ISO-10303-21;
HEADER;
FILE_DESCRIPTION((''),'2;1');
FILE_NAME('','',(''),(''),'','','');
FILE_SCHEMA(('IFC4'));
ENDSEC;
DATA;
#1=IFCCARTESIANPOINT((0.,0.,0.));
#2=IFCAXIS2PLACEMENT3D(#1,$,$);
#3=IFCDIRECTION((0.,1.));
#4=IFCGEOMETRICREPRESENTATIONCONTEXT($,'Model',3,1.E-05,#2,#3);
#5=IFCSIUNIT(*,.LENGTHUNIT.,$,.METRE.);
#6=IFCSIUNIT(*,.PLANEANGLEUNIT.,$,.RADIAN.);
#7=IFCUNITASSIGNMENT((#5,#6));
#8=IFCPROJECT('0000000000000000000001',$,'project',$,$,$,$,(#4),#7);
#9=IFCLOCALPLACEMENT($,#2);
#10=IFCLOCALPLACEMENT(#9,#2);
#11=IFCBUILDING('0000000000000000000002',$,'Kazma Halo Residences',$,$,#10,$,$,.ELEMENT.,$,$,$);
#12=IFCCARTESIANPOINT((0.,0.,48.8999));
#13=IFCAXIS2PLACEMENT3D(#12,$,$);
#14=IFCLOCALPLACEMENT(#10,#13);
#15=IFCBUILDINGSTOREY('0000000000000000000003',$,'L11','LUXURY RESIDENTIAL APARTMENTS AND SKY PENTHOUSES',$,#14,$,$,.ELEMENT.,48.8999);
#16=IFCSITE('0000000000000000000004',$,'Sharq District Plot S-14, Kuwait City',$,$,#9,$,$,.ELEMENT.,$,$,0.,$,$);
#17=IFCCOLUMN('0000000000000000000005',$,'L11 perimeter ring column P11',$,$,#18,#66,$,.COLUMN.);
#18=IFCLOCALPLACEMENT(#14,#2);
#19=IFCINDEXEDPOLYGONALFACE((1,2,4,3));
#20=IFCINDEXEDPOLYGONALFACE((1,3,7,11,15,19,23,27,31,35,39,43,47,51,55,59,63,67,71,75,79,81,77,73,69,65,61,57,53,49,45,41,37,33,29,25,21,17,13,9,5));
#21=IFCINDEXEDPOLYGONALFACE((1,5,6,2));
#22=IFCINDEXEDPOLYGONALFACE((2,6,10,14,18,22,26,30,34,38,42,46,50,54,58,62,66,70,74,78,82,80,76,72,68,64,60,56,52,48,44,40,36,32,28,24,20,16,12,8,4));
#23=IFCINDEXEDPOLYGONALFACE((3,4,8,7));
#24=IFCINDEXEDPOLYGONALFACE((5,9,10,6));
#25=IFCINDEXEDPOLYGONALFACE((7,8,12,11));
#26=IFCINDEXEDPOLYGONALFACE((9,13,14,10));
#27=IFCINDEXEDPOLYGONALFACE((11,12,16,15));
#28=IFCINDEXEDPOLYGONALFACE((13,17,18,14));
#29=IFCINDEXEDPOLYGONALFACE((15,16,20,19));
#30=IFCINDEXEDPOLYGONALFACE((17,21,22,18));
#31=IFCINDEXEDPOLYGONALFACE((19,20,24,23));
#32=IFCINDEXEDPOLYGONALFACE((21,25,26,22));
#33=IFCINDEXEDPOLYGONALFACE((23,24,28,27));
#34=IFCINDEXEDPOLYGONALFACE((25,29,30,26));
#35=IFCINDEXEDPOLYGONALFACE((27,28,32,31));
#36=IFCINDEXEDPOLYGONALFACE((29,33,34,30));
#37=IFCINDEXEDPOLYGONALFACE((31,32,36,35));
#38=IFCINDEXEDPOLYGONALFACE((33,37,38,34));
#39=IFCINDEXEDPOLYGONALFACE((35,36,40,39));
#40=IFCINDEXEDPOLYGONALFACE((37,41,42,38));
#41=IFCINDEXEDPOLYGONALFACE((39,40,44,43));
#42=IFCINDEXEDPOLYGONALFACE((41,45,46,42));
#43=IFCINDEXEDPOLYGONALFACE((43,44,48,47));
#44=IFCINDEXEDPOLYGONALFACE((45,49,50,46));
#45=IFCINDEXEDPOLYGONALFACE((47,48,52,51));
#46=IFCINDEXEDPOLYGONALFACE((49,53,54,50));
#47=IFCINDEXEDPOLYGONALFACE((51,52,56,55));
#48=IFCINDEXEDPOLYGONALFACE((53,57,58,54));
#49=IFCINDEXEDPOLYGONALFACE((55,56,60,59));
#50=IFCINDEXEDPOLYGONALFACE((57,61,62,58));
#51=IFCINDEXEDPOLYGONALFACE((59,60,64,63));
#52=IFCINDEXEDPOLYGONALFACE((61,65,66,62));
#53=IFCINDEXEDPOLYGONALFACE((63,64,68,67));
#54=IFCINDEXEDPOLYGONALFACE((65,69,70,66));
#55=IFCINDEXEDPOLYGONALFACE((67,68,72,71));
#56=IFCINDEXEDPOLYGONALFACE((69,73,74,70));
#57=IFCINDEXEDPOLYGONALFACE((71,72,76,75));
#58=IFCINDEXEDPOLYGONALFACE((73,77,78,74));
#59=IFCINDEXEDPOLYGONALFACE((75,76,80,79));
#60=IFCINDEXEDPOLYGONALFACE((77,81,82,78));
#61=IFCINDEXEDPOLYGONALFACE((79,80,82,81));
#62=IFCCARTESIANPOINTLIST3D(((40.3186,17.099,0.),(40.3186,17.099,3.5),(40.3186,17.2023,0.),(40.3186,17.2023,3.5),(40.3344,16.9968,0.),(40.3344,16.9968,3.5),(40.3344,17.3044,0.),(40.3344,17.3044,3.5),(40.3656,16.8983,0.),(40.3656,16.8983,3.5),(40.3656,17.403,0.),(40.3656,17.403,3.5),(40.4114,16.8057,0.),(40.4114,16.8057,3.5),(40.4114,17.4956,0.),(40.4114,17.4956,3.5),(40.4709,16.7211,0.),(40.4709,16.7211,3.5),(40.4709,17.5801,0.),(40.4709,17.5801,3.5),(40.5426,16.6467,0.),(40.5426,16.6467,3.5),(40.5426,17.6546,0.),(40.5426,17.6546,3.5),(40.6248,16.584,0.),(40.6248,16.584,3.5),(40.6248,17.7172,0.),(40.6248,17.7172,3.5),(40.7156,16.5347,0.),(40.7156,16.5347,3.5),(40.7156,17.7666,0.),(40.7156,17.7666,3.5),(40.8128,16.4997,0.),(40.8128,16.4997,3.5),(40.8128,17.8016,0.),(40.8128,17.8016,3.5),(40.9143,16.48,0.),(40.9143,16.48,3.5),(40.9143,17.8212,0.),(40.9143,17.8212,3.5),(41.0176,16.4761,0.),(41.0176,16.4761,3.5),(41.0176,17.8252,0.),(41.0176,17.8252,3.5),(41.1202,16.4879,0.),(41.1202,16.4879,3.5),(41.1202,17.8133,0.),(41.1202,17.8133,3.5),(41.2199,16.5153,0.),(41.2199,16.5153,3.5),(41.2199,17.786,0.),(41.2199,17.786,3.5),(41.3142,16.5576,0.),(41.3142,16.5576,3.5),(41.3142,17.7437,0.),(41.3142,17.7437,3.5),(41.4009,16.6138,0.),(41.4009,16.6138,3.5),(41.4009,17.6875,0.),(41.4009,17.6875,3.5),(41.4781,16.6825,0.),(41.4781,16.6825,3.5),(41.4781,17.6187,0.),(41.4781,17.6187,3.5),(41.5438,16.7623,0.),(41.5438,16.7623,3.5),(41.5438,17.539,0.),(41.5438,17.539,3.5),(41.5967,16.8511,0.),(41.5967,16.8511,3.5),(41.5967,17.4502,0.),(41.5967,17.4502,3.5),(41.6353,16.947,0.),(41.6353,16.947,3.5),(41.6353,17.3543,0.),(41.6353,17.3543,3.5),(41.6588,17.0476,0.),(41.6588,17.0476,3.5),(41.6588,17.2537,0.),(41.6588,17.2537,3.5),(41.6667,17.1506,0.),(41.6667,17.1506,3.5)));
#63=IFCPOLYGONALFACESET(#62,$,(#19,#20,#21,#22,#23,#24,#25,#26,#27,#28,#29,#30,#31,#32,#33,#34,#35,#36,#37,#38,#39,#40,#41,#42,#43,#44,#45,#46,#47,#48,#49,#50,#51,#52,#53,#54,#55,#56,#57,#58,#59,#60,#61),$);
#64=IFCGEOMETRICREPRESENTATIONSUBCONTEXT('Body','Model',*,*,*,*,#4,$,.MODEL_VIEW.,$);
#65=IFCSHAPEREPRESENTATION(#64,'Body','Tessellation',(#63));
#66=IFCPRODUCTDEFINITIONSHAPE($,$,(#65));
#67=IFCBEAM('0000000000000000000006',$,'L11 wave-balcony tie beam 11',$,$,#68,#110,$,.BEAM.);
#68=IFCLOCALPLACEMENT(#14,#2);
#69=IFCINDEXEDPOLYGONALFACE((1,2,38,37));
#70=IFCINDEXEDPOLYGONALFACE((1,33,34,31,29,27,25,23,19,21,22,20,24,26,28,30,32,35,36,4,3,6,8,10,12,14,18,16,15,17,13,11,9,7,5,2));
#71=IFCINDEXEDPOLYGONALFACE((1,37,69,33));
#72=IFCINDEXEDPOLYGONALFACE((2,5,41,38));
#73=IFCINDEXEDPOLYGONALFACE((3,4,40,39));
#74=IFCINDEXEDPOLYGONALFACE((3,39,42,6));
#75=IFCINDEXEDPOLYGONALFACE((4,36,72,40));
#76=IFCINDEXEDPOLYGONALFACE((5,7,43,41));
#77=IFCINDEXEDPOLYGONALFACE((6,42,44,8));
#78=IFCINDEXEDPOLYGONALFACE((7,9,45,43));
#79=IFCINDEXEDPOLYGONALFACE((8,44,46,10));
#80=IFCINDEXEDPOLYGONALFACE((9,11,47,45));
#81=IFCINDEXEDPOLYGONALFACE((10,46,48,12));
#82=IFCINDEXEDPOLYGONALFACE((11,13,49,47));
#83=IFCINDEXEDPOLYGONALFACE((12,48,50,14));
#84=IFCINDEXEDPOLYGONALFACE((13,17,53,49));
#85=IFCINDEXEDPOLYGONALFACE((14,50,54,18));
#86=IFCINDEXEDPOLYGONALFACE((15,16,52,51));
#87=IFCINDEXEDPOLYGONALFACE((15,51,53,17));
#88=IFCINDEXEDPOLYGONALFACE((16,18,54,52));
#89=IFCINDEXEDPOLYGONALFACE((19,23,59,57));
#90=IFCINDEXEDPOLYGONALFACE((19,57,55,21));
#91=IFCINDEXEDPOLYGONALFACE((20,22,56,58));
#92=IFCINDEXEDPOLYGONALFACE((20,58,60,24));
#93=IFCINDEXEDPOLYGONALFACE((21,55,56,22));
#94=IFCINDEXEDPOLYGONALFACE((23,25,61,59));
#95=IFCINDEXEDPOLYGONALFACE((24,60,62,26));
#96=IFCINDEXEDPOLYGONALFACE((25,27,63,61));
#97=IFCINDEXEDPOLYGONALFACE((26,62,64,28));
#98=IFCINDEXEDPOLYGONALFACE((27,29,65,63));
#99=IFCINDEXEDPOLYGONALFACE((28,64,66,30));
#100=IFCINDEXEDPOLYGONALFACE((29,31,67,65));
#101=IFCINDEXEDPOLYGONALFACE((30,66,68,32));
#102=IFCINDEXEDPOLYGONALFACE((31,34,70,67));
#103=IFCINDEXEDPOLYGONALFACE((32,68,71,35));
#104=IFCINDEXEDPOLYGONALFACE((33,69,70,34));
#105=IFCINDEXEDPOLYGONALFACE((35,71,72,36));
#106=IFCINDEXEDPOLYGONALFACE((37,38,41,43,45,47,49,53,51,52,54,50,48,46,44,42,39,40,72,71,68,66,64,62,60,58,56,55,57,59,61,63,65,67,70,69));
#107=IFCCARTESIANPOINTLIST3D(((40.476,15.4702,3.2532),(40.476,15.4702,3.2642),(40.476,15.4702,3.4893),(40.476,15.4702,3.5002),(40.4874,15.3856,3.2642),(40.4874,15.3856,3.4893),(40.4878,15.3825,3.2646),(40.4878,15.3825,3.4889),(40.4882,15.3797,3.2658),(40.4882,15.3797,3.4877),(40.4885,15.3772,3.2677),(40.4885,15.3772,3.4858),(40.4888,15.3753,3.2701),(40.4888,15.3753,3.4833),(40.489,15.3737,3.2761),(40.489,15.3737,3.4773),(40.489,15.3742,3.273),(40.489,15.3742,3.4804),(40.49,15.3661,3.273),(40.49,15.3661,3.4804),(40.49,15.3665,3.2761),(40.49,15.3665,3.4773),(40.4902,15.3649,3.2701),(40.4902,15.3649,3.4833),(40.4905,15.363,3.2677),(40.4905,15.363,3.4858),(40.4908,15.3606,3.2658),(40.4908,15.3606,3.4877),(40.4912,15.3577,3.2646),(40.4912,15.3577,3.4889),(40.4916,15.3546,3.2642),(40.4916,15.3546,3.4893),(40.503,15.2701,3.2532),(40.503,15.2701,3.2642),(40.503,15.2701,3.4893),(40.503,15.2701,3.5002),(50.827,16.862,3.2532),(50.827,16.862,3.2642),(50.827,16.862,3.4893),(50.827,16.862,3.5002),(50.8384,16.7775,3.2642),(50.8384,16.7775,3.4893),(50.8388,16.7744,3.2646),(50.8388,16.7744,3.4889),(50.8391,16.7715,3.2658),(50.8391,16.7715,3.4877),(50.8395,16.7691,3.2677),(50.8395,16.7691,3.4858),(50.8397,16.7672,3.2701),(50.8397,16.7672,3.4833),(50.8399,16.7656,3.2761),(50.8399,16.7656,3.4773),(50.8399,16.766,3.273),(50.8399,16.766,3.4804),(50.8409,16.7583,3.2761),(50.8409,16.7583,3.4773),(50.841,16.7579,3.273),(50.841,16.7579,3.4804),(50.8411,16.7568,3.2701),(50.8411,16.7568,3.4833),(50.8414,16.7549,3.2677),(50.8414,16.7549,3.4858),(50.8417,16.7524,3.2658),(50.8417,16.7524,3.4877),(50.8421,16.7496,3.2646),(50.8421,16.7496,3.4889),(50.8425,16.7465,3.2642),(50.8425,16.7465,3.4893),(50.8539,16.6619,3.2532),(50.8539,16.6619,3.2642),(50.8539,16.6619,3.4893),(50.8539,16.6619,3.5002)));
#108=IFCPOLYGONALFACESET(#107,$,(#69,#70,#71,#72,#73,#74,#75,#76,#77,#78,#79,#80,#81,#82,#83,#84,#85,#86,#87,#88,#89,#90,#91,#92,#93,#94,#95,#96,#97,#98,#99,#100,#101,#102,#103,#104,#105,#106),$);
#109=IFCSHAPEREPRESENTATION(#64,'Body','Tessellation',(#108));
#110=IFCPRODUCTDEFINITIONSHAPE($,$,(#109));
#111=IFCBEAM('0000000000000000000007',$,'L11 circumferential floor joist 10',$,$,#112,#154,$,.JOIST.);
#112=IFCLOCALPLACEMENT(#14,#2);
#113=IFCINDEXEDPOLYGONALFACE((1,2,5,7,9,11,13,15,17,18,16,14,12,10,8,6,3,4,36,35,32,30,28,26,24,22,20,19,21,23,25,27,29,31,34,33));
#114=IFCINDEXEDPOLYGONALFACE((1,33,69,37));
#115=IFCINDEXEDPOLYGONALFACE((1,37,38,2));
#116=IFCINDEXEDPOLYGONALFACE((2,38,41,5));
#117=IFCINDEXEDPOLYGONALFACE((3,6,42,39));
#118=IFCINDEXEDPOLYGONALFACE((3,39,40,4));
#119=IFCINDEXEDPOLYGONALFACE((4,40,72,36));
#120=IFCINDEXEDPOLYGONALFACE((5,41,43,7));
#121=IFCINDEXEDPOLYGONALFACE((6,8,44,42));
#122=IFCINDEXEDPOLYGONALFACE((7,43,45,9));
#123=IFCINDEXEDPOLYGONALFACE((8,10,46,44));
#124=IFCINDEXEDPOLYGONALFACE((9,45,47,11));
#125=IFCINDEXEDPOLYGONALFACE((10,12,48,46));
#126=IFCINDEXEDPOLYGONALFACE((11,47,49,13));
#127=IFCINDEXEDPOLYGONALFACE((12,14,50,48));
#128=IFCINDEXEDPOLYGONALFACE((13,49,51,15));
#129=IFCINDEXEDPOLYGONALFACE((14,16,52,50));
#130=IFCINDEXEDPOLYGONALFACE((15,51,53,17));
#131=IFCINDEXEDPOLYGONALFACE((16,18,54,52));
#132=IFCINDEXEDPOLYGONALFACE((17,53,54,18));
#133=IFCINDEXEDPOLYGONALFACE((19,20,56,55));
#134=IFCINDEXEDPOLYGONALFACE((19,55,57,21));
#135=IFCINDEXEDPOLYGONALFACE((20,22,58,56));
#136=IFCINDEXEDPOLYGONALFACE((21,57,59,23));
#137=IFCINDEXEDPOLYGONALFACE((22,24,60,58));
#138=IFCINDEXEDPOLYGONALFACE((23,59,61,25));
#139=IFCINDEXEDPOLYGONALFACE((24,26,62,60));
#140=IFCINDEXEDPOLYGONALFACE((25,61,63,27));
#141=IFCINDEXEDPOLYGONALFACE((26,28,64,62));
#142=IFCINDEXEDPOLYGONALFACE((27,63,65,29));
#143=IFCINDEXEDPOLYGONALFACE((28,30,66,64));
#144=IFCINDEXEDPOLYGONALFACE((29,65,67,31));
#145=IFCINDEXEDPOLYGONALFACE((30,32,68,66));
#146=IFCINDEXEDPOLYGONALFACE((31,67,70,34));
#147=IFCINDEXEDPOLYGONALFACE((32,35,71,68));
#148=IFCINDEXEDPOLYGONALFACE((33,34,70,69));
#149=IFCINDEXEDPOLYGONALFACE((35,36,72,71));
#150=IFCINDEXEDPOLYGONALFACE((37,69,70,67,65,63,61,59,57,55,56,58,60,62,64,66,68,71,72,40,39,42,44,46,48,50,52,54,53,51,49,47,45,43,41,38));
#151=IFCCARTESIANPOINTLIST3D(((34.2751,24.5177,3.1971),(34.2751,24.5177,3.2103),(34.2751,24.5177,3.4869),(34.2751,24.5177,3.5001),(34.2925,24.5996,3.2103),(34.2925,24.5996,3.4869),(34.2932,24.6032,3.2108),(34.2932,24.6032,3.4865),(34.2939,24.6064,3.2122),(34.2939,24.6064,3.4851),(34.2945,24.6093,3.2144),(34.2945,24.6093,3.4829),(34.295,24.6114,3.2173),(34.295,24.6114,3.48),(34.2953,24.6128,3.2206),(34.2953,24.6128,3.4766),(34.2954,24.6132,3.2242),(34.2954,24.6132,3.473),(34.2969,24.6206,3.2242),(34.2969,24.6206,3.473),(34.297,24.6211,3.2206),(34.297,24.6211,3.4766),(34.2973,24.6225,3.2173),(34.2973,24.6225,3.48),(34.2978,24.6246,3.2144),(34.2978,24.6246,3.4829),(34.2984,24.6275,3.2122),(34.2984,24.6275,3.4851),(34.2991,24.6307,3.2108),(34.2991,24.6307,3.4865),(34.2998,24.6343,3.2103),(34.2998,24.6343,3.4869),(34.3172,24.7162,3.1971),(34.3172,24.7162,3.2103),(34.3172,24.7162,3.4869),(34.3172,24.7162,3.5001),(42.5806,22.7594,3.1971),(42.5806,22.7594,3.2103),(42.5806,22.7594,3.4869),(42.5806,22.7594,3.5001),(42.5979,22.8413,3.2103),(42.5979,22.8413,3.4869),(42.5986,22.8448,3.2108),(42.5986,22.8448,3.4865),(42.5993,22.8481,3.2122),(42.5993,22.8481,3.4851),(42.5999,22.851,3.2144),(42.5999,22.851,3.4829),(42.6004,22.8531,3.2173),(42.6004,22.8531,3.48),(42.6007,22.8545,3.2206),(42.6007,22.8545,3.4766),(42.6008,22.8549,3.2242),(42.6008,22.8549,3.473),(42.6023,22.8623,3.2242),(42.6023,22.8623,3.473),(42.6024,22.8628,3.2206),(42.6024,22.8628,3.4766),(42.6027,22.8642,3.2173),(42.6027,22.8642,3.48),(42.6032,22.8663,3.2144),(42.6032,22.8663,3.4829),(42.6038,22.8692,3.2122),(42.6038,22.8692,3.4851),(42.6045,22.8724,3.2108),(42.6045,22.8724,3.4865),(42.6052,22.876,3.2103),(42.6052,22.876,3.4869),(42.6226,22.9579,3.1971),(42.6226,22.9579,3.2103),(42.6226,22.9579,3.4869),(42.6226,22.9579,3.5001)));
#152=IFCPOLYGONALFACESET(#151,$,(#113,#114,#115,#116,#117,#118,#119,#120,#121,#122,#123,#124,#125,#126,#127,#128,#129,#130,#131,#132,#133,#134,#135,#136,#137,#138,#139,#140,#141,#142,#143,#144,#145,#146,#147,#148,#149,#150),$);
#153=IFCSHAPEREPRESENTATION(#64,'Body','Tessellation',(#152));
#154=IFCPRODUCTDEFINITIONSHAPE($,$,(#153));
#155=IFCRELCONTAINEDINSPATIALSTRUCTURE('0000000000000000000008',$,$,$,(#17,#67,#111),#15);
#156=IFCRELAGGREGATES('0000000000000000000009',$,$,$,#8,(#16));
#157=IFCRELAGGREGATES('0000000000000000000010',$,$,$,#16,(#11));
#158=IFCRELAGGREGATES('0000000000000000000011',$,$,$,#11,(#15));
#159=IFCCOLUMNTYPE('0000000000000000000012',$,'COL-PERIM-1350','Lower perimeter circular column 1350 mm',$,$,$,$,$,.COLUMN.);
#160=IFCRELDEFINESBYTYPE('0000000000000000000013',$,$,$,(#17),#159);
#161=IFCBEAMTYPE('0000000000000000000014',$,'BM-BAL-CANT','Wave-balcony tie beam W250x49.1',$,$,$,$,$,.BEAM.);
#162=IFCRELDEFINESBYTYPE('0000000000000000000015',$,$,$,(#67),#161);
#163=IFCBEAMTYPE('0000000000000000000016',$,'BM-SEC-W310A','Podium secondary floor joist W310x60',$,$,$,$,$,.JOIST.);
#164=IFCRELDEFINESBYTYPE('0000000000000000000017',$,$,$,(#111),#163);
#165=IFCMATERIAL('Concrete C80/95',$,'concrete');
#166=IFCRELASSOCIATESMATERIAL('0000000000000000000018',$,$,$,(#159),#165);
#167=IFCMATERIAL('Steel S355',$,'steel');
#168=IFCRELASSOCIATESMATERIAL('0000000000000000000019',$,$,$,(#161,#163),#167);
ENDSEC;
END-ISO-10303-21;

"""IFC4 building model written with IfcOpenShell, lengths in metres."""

from ifc_helpers import new_model, si_unit, direction, frame, origin, origin_2d, place, context, subcontext, project, spatial, circle, i_section, extrude, material, material_profile, profile_set, type_object, element, save


model = new_model("IFC4")

# Units and contexts
model_context = context("Model", 3, precision=1e-05, world=origin(), true_north=direction((0.0, 1.0)))
body_context = subcontext(model_context, "Body", "Model", "MODEL_VIEW")
ifc_project = project(units=[si_unit("LENGTHUNIT", "METRE"), si_unit("PLANEANGLEUNIT", "RADIAN")], contexts=[model_context])

# Site, building, storey
site_placement = place(None, origin())
site = spatial("IfcSite", under=ifc_project, at=site_placement, Name="Sharq District Plot S-14, Kuwait City", CompositionType="ELEMENT", RefElevation=0.0)
building_placement = place(site_placement, origin())
building = spatial("IfcBuilding", under=site, at=building_placement, Name="Kazma Halo Residences", CompositionType="ELEMENT")
storey_placement = place(building_placement, frame((0.0, 0.0, 48.8999)))
storey = spatial("IfcBuildingStorey", under=building, at=storey_placement, Name="L11", Description="LUXURY RESIDENTIAL APARTMENTS AND SKY PENTHOUSES", CompositionType="ELEMENT", Elevation=48.8999)

# Column
ifc_material_1 = material(Name="Concrete C80/95", Category="concrete")
ifc_material_profile_1 = material_profile(ifc_material_1, circle(Radius=0.675, at=origin_2d()), Name="CIRC1350")
ifc_profile_set_1 = profile_set([ifc_material_profile_1], Name="Concrete C80/95")
column_type = type_object("IfcColumnType", Name="COL-PERIM-1350", Description="Lower perimeter circular column 1350 mm", PredefinedType="COLUMN", material=ifc_profile_set_1)
column_placement = place(storey_placement, frame((40.9917, 17.1506, 0.0), z_axis=(0.0, 0.0, 1.0), x_axis=(1.0, 0.0, 0.0)))
element("IfcColumn", 1, at=column_placement, inside=storey, type_object=column_type, Name="L11 perimeter ring column P11", PredefinedType="COLUMN", context=body_context, shape_type="SweptSolid", body=[
    extrude(circle(Radius=0.675, at=origin_2d()), origin(), (0.0, 0.0, 1.0), 3.5),
])

# Beams
ifc_material_2 = material(Name="Steel S355", Category="steel")
ifc_material_profile_2 = material_profile(ifc_material_2, i_section(OverallWidth=0.2019, OverallDepth=0.2471, WebThickness=0.0073, FlangeThickness=0.011, FilletRadius=0.012, at=origin_2d()), Name="W250x49.1")
ifc_profile_set_2 = profile_set([ifc_material_profile_2], Name="Steel S355")
beam_type_1 = type_object("IfcBeamType", Name="BM-BAL-CANT", Description="Wave-balcony tie beam W250x49.1", PredefinedType="BEAM", material=ifc_profile_set_2)
beam_1_placement = place(storey_placement, frame((40.4895, 15.3701, 3.3767), z_axis=(0.99108, 0.133268, 0.0), x_axis=(-0.133268, 0.99108, 0.0)))
element("IfcBeam", 2, at=beam_1_placement, inside=storey, type_object=beam_type_1, Name="L11 wave-balcony tie beam 11", PredefinedType="BEAM", context=body_context, shape_type="SweptSolid", body=[
    extrude(i_section(OverallWidth=0.2019, OverallDepth=0.2471, WebThickness=0.0073, FlangeThickness=0.011, FilletRadius=0.012, at=origin_2d()), origin(), (0.0, 0.0, 1.0), 10.4441),
])
ifc_material_profile_3 = material_profile(ifc_material_2, i_section(OverallWidth=0.2029, OverallDepth=0.303, WebThickness=0.0076, FlangeThickness=0.0132, FilletRadius=0.0139, at=origin_2d()), Name="W310x60")
ifc_profile_set_3 = profile_set([ifc_material_profile_3], Name="Steel S355")
beam_type_2 = type_object("IfcBeamType", Name="BM-SEC-W310A", Description="Podium secondary floor joist W310x60", PredefinedType="JOIST", material=ifc_profile_set_3)
beam_2_placement = place(storey_placement, frame((34.2961, 24.6169, 3.3486), z_axis=(0.978317, -0.207115, 0.0), x_axis=(0.207115, 0.978317, 0.0)))
element("IfcBeam", 3, at=beam_2_placement, inside=storey, type_object=beam_type_2, Name="L11 circumferential floor joist 10", PredefinedType="JOIST", context=body_context, shape_type="SweptSolid", body=[
    extrude(i_section(OverallWidth=0.2029, OverallDepth=0.303, WebThickness=0.0076, FlangeThickness=0.0132, FilletRadius=0.0139, at=origin_2d()), origin(), (0.0, 0.0, 1.0), 8.4895),
])

save(model, "model.ifc")
